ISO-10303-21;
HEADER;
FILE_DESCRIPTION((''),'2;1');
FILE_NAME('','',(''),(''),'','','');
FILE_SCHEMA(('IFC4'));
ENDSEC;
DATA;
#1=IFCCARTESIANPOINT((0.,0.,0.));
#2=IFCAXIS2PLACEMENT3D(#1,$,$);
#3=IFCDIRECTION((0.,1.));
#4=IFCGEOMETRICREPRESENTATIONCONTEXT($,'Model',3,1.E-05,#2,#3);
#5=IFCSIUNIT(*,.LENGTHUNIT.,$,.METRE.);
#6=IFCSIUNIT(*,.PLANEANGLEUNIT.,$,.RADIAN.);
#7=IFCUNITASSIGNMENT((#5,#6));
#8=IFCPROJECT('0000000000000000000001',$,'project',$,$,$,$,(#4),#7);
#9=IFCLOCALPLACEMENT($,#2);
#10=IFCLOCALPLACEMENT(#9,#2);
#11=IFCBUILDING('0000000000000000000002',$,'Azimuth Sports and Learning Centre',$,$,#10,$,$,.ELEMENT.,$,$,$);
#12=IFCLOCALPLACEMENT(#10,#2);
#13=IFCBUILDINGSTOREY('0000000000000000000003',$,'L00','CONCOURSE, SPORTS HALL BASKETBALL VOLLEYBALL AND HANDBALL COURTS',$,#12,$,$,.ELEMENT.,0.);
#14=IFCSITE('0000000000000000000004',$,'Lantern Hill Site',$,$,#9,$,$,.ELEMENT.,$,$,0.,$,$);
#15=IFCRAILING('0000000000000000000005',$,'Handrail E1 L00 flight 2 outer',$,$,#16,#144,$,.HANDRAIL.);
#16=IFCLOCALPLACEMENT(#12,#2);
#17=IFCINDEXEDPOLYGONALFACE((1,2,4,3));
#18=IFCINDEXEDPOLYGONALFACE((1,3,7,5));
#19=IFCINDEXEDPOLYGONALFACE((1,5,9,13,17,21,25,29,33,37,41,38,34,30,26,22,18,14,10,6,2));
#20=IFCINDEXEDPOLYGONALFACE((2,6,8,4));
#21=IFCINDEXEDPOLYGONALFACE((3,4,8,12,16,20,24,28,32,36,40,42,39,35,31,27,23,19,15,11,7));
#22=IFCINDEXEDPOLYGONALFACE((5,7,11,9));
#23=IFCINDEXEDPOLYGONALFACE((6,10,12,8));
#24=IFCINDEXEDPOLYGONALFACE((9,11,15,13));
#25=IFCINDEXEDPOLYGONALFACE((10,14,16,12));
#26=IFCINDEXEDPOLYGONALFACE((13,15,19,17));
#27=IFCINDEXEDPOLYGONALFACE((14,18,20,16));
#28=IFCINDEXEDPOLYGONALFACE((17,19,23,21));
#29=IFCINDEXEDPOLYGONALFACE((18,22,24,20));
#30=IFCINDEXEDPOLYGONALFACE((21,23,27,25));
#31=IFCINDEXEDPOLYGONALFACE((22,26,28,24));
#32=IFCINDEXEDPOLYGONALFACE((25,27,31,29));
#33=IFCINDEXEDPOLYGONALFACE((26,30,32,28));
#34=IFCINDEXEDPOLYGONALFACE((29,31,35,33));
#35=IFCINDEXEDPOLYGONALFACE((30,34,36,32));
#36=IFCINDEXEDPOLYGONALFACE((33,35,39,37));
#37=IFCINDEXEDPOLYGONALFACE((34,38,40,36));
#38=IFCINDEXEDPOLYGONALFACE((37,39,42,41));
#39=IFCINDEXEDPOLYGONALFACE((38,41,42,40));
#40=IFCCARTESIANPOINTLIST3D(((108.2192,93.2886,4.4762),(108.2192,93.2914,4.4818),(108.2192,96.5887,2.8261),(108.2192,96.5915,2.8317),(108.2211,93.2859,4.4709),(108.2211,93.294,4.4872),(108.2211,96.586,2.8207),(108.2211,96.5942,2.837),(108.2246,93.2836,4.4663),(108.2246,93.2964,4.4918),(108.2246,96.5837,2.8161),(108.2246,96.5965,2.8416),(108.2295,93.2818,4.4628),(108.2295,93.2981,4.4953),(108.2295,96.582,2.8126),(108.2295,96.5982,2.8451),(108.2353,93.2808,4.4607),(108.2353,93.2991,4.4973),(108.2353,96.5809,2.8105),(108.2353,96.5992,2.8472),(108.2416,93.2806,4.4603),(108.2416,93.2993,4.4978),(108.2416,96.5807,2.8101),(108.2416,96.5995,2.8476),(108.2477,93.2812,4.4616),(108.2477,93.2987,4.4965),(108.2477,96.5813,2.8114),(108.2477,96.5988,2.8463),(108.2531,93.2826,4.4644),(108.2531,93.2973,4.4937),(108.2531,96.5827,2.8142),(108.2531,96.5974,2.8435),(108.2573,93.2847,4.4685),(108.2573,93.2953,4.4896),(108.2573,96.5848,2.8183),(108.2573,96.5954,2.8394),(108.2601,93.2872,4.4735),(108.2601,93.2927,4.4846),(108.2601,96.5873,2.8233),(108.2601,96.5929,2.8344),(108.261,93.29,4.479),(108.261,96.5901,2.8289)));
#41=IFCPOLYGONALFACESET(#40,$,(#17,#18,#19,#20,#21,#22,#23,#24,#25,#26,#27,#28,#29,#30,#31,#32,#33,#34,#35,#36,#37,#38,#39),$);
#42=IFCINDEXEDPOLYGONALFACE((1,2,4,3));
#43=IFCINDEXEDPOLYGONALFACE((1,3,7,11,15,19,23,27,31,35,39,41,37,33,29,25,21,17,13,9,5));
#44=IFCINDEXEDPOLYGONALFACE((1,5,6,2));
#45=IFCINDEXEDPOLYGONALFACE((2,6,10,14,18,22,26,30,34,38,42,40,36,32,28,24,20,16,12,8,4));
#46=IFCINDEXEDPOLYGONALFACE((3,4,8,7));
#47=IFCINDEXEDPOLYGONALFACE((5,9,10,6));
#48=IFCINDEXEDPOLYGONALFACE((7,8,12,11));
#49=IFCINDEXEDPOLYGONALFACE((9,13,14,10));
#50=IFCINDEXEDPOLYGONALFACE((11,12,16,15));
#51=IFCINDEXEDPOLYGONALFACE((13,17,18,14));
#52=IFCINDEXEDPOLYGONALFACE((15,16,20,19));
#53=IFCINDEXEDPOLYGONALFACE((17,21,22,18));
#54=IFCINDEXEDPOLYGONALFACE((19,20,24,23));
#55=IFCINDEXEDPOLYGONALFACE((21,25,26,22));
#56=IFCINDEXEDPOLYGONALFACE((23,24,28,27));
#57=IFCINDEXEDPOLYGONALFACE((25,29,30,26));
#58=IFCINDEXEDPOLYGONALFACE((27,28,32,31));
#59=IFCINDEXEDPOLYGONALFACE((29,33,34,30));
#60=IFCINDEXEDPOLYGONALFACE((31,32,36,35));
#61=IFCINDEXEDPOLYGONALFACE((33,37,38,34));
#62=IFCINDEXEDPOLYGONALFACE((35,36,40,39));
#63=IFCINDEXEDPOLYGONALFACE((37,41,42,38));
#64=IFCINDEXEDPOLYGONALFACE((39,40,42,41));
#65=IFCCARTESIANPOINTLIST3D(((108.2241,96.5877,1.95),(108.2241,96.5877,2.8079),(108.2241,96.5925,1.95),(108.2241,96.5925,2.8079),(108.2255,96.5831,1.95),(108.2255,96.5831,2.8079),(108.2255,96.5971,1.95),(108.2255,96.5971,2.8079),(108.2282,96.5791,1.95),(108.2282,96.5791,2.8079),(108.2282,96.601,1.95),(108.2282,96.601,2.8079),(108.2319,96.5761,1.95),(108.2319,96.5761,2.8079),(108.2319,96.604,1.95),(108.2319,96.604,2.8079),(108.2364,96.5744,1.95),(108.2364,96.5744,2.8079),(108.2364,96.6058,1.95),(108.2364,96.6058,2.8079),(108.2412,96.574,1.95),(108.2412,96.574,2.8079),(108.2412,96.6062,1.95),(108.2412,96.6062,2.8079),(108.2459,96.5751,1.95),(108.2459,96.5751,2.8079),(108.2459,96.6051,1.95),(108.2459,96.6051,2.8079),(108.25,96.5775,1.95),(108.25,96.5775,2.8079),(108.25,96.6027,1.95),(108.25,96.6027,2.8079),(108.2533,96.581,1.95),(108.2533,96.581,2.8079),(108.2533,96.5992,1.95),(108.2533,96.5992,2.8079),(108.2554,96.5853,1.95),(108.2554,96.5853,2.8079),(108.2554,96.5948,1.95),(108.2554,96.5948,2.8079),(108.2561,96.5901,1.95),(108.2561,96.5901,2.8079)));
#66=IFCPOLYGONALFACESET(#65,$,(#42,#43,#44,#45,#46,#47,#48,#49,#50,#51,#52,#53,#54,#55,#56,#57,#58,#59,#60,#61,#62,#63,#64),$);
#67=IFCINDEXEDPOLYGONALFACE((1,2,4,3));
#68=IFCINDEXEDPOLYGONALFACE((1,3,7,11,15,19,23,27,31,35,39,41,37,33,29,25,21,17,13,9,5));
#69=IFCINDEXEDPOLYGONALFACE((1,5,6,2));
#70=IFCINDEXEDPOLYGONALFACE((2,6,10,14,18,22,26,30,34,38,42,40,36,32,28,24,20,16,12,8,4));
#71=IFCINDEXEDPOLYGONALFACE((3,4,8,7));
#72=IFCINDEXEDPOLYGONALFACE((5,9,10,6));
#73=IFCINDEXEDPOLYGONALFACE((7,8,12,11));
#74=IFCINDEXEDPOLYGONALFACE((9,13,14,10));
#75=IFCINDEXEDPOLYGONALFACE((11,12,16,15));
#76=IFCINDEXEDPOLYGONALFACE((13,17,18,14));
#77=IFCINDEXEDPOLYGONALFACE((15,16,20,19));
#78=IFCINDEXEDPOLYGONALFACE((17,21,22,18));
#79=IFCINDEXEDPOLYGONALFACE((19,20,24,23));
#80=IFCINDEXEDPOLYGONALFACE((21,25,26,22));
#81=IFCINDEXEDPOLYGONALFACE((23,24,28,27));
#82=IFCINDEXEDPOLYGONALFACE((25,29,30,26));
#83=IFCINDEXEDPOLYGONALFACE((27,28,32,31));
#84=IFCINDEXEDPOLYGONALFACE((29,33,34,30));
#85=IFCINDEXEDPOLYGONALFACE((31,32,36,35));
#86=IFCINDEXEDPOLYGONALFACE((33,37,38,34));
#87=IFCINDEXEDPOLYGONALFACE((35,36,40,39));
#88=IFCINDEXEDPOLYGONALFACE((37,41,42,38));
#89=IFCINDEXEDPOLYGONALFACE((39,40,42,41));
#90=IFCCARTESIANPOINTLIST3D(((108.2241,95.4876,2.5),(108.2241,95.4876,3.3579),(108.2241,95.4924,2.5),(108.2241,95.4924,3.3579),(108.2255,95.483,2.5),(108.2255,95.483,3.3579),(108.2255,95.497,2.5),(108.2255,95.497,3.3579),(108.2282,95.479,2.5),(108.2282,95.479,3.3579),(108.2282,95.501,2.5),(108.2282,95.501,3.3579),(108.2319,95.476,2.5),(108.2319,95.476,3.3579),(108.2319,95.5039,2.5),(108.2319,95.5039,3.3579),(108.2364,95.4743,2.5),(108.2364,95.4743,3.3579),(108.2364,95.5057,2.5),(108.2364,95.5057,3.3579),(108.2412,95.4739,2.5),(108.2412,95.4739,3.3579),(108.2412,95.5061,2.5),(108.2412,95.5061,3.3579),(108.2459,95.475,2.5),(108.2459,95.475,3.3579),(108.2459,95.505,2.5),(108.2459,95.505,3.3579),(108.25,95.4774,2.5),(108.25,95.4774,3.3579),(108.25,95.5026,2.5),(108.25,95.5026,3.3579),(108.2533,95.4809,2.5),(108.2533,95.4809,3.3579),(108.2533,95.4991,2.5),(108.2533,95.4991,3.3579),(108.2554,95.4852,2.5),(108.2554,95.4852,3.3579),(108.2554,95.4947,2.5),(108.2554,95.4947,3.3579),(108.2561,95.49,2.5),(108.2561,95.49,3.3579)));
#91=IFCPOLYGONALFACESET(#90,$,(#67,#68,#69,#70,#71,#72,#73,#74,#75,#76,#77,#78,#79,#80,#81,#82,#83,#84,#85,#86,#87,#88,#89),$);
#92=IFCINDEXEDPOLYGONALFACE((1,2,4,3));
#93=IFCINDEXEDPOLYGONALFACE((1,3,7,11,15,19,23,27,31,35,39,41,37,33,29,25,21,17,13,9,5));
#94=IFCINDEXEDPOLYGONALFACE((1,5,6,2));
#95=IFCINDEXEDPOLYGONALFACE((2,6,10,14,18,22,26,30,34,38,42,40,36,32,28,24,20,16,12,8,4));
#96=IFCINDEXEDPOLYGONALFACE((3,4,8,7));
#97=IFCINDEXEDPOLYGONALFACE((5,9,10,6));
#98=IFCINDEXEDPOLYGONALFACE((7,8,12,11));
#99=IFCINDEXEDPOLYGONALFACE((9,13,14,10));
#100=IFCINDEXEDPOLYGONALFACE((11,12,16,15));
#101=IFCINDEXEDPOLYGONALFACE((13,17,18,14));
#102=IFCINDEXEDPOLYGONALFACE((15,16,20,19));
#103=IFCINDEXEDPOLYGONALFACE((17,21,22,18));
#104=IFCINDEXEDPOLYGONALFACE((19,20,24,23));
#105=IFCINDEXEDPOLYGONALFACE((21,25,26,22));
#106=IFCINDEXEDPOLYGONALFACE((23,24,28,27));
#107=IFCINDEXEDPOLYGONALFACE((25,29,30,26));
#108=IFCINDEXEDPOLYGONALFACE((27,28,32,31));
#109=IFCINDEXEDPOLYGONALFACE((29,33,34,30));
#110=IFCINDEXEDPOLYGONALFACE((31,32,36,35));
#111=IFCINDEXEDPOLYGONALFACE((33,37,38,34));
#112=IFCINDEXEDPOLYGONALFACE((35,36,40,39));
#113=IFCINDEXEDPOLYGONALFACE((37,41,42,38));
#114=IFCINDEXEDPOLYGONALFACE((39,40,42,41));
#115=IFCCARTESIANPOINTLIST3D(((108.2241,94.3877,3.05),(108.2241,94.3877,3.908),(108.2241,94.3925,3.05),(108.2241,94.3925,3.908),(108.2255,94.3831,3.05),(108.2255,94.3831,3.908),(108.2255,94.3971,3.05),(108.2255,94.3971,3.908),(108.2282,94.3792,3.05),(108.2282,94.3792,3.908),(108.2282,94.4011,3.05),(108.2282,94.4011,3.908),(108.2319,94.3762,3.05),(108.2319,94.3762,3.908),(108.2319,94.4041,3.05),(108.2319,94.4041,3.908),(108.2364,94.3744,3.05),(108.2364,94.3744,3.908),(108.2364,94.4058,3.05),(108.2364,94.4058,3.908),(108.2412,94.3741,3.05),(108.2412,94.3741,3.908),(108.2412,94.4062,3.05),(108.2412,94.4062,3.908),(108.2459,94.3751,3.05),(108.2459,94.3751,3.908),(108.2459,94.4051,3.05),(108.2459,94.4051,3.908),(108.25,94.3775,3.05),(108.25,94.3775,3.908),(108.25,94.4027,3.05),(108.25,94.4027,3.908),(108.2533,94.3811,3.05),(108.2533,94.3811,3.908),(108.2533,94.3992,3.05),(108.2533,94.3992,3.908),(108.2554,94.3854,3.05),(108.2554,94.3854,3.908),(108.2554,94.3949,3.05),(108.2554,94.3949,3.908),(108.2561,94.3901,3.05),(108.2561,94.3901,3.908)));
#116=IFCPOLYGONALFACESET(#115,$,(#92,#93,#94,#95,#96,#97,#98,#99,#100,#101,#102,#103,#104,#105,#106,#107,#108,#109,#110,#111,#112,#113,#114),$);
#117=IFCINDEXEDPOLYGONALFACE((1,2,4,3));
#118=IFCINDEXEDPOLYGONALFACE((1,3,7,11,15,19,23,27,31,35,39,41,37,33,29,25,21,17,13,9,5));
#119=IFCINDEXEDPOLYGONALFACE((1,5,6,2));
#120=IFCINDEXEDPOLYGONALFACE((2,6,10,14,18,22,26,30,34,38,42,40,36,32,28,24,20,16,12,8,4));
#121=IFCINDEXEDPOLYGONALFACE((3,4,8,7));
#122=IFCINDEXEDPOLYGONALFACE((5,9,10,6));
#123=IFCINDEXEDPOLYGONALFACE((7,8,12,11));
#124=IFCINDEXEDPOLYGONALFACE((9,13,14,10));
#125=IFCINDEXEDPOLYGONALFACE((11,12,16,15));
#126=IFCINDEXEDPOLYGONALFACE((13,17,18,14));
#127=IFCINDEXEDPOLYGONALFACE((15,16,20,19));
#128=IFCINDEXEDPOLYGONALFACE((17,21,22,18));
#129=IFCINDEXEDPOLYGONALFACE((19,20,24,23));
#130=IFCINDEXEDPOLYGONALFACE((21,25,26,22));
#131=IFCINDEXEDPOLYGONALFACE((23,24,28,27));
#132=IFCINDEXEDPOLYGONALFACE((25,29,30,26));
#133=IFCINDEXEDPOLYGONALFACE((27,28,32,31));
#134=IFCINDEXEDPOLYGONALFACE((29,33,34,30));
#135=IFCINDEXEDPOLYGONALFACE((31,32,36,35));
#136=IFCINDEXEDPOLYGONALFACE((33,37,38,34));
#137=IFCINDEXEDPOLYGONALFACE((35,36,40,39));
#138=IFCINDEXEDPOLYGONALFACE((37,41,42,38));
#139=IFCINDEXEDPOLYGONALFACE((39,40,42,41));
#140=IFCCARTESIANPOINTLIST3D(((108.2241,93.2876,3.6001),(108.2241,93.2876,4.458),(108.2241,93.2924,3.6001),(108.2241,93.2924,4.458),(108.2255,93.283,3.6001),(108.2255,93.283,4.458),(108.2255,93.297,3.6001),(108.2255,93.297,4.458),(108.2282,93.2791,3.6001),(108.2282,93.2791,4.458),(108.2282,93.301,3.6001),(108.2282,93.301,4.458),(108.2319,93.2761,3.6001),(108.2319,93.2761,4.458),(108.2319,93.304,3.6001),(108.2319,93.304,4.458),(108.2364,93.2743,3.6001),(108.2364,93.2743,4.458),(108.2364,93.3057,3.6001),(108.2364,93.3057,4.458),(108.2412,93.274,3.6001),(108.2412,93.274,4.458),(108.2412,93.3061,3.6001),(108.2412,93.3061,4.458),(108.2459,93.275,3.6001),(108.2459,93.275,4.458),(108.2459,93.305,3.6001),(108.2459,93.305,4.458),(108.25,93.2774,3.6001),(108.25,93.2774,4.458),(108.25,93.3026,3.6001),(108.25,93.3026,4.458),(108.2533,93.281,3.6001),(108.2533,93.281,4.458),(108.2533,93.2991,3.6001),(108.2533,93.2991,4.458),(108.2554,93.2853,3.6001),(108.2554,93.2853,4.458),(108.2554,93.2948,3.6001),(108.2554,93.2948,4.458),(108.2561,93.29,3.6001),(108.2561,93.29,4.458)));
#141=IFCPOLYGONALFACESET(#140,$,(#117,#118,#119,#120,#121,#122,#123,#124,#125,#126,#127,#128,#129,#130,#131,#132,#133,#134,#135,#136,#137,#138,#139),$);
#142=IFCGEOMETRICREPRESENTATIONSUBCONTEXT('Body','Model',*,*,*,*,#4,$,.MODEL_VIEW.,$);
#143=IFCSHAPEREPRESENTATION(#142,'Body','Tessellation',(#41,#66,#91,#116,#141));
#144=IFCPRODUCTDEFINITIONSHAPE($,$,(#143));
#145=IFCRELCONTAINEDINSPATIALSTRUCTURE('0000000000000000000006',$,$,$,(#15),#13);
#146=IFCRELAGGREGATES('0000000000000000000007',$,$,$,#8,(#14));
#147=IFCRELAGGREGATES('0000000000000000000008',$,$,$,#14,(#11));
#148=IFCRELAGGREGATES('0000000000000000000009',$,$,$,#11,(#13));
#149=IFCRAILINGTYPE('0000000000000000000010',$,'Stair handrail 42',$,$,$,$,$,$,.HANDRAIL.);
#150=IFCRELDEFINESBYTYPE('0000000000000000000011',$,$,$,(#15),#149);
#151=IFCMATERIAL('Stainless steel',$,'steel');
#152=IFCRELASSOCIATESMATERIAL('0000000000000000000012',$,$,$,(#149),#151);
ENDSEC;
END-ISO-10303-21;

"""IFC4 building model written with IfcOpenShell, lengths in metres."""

from ifc_helpers import new_model, si_unit, direction, frame, origin, origin_2d, place, context, subcontext, project, spatial, circle, extrude, material, type_object, element, save


model = new_model("IFC4")

# Units and contexts
model_context = context("Model", 3, precision=1e-05, world=origin(), true_north=direction((0.0, 1.0)))
body_context = subcontext(model_context, "Body", "Model", "MODEL_VIEW")
ifc_project = project(units=[si_unit("LENGTHUNIT", "METRE"), si_unit("PLANEANGLEUNIT", "RADIAN")], contexts=[model_context])

# Site, building, storey
site_placement = place(None, origin())
site = spatial("IfcSite", under=ifc_project, at=site_placement, Name="Lantern Hill Site", CompositionType="ELEMENT", RefElevation=0.0)
building_placement = place(site_placement, origin())
building = spatial("IfcBuilding", under=site, at=building_placement, Name="Azimuth Sports and Learning Centre", CompositionType="ELEMENT")
storey_placement = place(building_placement, origin())
storey = spatial("IfcBuildingStorey", under=building, at=storey_placement, Name="L00", Description="CONCOURSE, SPORTS HALL BASKETBALL VOLLEYBALL AND HANDBALL COURTS", CompositionType="ELEMENT", Elevation=0.0)

# Railing
ifc_material_1 = material(Name="Stainless steel", Category="steel")
railing_type = type_object("IfcRailingType", Name="Stair handrail 42", PredefinedType="HANDRAIL", material=ifc_material_1)
railing_placement = place(storey_placement, frame((108.24, 96.5901, 1.95)))
element("IfcRailing", 1, at=railing_placement, inside=storey, type_object=railing_type, Name="Handrail E1 L00 flight 2 outer", PredefinedType="HANDRAIL", context=body_context, shape_type="SweptSolid", body=[
    extrude(circle(Radius=0.021, at=origin_2d()), frame((0.0, 0.0, 0.8789), z_axis=(0.0, -0.894414, 0.44724), x_axis=(1.0, 0.0, 0.0)), (0.0, 0.0, 1.0), 3.6897),
    extrude(circle(Radius=0.0161, at=origin_2d()), origin(), (0.0, 0.0, 1.0), 0.8579),
    extrude(circle(Radius=0.0161, at=origin_2d()), frame((0.0, -1.1001, 0.55)), (0.0, 0.0, 1.0), 0.8579),
    extrude(circle(Radius=0.0161, at=origin_2d()), frame((0.0, -2.2, 1.1001)), (0.0, 0.0, 1.0), 0.8579),
    extrude(circle(Radius=0.0161, at=origin_2d()), frame((0.0, -3.3, 1.6501)), (0.0, 0.0, 1.0), 0.8579),
])

save(model, "model.ifc")
